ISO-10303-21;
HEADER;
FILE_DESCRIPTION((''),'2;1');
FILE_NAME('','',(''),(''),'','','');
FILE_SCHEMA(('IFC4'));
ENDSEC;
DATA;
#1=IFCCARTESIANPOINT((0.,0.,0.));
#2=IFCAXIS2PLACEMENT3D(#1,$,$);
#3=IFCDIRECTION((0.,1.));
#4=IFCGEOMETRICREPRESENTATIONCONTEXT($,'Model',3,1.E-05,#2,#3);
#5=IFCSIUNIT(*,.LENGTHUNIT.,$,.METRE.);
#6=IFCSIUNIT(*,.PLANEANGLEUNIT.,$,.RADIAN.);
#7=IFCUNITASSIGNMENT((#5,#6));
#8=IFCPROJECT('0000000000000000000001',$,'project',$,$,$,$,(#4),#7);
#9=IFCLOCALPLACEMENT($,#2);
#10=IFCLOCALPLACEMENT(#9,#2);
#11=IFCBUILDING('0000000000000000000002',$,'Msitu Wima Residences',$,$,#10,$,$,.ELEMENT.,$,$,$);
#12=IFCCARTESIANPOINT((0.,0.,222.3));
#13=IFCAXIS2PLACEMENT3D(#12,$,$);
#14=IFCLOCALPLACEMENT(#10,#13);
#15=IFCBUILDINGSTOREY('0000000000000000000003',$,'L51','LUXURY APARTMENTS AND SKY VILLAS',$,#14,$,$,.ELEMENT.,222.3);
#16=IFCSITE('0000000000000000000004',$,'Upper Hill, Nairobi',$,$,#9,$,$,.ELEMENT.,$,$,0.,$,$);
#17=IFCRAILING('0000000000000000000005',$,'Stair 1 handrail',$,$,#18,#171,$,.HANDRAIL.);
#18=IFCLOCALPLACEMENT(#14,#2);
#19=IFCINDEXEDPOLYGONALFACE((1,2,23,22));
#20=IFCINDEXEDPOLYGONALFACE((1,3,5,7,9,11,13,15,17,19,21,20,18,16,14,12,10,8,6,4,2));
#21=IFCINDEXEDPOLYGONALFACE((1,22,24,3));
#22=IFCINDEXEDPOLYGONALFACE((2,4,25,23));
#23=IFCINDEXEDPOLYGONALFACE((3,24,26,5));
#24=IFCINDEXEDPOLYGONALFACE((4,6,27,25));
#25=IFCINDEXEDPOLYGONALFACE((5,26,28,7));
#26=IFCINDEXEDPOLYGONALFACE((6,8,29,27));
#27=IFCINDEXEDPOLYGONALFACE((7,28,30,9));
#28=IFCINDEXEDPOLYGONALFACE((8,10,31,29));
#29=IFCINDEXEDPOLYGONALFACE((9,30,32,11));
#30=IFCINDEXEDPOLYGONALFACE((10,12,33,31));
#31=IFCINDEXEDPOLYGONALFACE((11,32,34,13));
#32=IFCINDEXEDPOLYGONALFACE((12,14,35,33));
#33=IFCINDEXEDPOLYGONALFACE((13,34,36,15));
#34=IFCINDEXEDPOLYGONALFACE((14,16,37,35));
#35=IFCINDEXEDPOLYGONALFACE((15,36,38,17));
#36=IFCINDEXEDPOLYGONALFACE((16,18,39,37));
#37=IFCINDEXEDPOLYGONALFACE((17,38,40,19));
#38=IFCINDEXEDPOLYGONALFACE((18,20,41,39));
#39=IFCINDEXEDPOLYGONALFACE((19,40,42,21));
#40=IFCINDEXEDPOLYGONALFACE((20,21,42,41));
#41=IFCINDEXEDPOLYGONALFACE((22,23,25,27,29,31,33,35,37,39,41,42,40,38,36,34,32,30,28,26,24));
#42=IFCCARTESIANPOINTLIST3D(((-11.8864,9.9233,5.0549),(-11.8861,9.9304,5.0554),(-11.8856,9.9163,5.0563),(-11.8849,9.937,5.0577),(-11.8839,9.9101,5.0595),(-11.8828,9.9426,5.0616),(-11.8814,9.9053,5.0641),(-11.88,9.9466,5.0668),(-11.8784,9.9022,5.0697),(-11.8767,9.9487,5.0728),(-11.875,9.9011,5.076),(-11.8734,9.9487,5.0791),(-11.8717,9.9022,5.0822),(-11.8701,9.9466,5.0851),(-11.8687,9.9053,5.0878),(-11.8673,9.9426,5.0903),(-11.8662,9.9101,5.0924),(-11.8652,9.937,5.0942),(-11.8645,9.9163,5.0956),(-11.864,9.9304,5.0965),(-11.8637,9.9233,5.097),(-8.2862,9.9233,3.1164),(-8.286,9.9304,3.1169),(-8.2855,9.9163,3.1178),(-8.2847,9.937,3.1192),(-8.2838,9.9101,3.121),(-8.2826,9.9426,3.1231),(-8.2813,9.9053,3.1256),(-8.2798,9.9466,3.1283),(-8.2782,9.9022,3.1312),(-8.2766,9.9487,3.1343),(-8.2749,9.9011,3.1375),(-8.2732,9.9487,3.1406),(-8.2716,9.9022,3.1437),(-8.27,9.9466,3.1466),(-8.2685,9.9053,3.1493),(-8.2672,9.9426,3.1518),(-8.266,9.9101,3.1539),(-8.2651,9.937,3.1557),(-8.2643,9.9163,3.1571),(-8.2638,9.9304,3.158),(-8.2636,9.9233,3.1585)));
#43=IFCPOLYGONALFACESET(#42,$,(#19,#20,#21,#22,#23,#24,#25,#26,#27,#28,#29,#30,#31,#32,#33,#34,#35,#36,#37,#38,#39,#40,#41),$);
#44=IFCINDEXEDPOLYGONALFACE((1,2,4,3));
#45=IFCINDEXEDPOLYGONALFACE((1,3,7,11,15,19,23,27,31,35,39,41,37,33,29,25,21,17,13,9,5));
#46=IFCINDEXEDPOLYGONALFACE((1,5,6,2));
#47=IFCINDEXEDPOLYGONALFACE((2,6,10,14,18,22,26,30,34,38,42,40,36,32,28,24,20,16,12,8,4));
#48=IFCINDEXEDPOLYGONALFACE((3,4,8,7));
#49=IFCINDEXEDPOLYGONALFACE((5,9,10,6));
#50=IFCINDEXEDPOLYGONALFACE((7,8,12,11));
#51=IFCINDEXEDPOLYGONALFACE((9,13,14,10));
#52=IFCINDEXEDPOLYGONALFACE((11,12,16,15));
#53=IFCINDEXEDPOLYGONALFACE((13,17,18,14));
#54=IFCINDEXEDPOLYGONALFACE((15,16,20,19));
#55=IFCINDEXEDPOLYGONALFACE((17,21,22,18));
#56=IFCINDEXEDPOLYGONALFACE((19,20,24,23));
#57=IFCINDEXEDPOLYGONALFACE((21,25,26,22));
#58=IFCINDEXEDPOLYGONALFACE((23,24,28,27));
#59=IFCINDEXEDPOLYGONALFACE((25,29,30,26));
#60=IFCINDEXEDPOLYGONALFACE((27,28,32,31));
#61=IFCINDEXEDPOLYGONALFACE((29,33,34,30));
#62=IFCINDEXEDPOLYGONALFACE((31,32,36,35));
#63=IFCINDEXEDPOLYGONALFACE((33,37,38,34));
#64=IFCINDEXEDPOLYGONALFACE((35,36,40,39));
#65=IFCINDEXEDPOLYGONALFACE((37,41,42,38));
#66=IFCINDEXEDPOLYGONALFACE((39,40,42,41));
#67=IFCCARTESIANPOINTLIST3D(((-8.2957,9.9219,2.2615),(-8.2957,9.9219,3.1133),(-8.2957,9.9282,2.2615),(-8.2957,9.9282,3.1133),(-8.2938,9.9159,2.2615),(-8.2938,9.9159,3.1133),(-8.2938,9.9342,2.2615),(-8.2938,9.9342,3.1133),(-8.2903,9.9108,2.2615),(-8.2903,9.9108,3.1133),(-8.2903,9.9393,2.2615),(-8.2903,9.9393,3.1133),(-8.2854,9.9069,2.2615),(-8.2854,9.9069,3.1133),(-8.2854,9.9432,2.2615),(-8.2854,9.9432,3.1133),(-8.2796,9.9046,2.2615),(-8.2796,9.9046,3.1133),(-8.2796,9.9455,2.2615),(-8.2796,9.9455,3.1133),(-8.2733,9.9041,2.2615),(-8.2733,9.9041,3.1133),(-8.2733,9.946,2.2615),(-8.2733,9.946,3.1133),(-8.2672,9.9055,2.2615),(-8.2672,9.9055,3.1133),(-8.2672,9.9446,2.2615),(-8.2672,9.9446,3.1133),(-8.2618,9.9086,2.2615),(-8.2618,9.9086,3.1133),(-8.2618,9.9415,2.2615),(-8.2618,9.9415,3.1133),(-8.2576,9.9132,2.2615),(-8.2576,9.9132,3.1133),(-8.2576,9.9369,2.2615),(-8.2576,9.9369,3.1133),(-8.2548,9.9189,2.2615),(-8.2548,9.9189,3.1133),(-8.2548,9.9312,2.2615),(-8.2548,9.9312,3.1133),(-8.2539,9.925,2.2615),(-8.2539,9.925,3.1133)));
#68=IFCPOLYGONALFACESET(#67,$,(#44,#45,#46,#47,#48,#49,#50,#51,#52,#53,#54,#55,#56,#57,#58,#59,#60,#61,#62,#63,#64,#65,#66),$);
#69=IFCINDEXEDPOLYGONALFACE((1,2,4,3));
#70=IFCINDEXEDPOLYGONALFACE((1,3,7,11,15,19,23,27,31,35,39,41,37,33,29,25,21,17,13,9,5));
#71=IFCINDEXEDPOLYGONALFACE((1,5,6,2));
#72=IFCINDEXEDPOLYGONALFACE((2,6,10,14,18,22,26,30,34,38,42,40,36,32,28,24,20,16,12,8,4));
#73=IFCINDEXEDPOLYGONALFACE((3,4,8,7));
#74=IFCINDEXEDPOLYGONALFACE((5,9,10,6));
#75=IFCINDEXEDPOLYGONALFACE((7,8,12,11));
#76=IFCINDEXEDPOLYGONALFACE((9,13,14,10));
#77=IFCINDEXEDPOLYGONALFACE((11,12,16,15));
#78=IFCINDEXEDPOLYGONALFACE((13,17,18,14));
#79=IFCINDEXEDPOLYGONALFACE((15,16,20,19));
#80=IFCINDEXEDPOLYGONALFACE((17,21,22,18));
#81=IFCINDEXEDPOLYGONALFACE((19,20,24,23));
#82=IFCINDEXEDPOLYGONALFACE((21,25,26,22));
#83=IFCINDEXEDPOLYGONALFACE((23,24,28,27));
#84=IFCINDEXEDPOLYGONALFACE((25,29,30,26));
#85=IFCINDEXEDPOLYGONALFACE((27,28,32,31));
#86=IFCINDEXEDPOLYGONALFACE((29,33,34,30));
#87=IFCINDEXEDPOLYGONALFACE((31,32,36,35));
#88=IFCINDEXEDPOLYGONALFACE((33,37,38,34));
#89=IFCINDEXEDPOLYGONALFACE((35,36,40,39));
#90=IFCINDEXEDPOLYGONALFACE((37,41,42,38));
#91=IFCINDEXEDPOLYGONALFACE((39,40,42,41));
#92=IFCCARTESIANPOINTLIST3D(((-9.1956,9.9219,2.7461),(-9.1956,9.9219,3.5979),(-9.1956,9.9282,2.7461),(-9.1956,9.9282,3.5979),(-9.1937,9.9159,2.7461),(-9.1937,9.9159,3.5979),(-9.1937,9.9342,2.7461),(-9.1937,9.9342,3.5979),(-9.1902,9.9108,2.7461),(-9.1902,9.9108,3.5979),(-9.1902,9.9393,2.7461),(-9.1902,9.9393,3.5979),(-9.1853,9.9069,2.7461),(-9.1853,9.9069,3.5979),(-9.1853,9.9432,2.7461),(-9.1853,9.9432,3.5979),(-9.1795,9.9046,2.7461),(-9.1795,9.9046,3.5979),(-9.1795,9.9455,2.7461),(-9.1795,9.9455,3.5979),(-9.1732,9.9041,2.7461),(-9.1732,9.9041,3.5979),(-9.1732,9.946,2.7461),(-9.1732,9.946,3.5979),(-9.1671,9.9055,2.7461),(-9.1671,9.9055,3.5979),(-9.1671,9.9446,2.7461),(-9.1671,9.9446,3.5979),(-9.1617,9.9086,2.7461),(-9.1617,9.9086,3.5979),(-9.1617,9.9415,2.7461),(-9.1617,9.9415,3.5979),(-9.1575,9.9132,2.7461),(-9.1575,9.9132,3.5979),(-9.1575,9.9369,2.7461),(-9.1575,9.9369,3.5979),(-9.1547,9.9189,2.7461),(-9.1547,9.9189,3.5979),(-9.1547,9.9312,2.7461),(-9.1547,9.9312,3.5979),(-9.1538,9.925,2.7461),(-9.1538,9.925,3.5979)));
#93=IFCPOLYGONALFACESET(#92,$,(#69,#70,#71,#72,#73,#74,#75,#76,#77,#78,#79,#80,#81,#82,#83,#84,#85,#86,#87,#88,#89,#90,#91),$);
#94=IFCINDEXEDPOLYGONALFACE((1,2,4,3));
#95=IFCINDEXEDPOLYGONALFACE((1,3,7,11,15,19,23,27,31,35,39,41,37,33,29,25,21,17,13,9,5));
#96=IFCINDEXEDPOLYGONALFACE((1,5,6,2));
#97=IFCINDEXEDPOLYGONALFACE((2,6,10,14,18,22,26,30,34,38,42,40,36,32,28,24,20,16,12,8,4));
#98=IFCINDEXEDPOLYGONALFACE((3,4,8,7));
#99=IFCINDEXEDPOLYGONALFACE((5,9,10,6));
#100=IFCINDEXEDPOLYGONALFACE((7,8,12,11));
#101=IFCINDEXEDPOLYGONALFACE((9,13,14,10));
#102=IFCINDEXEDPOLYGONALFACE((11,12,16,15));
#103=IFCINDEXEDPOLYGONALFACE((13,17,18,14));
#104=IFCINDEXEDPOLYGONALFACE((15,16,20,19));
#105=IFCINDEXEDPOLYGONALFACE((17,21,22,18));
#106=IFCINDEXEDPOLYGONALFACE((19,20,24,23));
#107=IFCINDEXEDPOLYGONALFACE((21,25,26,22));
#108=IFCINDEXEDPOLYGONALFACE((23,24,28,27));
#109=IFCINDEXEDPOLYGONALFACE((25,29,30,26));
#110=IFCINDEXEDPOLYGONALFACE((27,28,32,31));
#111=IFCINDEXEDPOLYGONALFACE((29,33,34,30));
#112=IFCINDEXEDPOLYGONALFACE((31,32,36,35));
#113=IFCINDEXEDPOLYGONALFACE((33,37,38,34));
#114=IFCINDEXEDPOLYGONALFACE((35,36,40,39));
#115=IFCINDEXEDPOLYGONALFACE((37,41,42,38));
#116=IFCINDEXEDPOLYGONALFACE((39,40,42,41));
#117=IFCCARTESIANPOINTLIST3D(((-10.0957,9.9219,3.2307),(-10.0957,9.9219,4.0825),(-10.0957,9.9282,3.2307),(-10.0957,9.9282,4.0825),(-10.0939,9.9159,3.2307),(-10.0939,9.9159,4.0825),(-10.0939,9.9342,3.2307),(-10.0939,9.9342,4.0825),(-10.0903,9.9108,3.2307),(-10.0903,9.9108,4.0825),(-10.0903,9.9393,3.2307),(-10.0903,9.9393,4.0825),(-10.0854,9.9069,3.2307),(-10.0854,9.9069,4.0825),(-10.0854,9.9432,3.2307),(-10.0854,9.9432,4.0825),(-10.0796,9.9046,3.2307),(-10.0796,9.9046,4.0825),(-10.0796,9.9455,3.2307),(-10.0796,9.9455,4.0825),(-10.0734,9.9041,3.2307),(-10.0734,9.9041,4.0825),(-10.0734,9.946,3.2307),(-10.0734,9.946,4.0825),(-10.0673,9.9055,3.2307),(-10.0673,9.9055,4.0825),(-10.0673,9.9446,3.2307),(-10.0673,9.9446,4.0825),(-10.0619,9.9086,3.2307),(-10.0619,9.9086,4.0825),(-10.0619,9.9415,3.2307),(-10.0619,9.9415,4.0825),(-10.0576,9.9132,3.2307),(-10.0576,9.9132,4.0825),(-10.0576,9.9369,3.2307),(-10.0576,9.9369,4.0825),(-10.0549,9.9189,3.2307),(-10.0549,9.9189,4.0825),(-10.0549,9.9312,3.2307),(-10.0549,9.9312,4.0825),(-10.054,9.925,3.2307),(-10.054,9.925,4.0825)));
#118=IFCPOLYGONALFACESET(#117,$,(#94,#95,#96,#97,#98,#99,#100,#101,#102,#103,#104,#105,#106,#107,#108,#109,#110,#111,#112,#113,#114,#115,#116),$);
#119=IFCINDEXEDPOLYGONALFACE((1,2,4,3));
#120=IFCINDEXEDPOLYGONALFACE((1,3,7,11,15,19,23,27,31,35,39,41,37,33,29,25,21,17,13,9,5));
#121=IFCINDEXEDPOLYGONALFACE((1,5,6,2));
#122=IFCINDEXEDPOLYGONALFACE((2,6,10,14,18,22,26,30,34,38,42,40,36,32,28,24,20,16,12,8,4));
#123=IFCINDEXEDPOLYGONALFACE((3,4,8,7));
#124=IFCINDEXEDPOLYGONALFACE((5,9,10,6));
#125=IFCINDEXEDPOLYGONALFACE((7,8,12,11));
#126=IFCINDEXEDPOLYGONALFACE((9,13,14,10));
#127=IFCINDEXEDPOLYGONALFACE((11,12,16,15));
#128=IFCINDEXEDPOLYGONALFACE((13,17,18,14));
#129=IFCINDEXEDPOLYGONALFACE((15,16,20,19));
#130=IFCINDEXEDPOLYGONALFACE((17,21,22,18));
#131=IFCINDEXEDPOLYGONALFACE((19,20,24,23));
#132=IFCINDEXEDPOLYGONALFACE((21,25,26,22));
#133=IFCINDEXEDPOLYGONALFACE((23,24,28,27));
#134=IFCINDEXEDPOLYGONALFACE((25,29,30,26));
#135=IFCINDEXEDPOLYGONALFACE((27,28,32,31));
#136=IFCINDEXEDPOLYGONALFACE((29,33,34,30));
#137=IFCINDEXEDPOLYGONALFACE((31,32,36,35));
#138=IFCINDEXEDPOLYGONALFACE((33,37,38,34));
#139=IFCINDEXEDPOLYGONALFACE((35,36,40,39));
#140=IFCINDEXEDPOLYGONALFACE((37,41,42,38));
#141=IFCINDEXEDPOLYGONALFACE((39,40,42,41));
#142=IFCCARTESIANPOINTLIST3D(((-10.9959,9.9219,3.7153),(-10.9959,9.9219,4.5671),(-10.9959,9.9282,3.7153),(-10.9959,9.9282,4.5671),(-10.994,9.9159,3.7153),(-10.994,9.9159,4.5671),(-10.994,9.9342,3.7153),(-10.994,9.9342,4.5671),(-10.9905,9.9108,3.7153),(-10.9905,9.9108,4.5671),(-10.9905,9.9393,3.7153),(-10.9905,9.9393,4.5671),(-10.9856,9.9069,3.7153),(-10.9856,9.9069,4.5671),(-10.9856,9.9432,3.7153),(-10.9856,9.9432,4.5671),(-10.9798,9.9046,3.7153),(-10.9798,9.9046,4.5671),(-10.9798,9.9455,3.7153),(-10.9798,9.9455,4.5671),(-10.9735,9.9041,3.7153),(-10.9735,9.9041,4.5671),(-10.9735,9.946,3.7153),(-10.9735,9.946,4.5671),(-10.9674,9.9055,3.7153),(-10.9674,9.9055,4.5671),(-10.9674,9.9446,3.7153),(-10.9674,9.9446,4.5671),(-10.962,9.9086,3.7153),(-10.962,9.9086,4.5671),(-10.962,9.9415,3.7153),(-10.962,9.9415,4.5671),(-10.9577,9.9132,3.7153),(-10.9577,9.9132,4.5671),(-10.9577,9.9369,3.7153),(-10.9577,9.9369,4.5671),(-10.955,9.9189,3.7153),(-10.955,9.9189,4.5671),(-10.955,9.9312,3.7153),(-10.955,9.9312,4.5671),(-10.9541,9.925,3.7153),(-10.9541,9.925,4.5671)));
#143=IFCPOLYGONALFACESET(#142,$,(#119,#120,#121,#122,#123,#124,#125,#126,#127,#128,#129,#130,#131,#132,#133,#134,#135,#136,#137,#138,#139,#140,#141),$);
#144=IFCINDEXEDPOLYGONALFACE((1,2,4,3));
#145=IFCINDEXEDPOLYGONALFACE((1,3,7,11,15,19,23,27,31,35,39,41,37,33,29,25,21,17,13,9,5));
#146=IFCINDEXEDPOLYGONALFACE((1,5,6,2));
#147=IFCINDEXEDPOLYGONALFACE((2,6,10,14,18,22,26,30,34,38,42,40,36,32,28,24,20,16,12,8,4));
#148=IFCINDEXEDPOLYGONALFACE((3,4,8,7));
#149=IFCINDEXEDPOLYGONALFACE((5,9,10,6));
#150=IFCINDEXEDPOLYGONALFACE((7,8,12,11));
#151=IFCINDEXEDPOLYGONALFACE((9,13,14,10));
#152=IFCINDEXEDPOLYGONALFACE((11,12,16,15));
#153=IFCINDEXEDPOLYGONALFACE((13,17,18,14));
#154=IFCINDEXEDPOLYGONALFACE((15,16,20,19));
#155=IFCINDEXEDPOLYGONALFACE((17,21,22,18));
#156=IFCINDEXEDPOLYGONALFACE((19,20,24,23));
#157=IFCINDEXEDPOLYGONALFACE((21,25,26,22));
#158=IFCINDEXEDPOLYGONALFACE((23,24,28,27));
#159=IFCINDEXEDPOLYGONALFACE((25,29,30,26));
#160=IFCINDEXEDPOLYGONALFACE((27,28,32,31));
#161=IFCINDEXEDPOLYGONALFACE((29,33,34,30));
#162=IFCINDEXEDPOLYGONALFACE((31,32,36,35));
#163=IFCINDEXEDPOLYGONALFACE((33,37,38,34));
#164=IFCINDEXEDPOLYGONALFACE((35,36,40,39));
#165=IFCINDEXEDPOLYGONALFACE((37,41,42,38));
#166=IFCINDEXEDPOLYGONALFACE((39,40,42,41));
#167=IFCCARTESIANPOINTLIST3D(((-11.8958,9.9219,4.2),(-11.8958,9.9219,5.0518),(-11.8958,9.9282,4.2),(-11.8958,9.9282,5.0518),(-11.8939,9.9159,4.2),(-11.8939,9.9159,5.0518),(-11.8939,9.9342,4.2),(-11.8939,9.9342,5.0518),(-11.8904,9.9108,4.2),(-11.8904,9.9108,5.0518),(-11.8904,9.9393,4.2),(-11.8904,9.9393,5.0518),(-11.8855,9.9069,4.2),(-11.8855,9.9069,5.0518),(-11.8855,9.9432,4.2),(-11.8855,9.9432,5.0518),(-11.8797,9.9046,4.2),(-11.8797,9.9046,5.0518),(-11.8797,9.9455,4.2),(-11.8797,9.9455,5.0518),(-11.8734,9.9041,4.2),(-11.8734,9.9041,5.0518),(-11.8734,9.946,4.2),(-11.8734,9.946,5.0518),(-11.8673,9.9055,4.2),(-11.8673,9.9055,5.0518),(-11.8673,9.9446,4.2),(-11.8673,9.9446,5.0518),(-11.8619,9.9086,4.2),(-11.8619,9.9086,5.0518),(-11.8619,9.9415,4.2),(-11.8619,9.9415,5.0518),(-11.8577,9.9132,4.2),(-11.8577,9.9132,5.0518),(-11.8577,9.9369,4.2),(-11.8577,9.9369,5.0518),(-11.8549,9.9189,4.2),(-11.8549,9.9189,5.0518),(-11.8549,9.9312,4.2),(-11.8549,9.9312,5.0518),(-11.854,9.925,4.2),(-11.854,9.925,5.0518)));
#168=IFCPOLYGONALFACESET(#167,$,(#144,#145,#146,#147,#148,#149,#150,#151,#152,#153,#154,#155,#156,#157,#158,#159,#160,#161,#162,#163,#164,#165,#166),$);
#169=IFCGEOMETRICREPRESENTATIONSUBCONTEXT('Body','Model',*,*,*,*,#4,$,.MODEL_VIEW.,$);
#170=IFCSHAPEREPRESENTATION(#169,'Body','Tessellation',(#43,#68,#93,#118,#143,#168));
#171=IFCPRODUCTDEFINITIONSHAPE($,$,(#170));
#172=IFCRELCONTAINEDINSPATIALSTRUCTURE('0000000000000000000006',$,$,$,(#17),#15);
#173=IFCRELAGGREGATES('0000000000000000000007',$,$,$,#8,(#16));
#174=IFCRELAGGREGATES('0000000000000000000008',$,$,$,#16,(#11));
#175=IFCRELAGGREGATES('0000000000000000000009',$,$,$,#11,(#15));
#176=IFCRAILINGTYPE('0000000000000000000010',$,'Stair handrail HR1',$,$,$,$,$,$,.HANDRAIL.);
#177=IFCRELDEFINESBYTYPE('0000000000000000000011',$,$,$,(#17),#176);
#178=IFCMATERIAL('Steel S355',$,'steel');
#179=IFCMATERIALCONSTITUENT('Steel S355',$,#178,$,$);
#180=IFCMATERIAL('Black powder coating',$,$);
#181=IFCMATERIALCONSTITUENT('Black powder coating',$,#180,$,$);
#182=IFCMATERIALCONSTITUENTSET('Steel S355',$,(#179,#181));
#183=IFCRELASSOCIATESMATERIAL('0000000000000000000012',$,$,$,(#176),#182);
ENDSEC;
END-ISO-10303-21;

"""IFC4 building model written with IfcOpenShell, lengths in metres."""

from ifc_helpers import new_model, si_unit, direction, frame, origin, origin_2d, place, context, subcontext, project, spatial, circle, extrude, material, constituent, constituent_set, type_object, element, save


model = new_model("IFC4")

# Units and contexts
model_context = context("Model", 3, precision=1e-05, world=origin(), true_north=direction((0.0, 1.0)))
body_context = subcontext(model_context, "Body", "Model", "MODEL_VIEW")
ifc_project = project(units=[si_unit("LENGTHUNIT", "METRE"), si_unit("PLANEANGLEUNIT", "RADIAN")], contexts=[model_context])

# Site, building, storey
site_placement = place(None, origin())
site = spatial("IfcSite", under=ifc_project, at=site_placement, Name="Upper Hill, Nairobi", CompositionType="ELEMENT", RefElevation=0.0)
building_placement = place(site_placement, origin())
building = spatial("IfcBuilding", under=site, at=building_placement, Name="Msitu Wima Residences", CompositionType="ELEMENT")
storey_placement = place(building_placement, frame((0.0, 0.0, 222.3)))
storey = spatial("IfcBuildingStorey", under=building, at=storey_placement, Name="L51", Description="LUXURY APARTMENTS AND SKY VILLAS", CompositionType="ELEMENT", Elevation=222.3)

# Railing
ifc_material_1 = material(Name="Steel S355", Category="steel")
ifc_constituent_1 = constituent(ifc_material_1, Name="Steel S355")
ifc_material_2 = material(Name="Black powder coating")
ifc_constituent_2 = constituent(ifc_material_2, Name="Black powder coating")
ifc_constituent_set = constituent_set(constituents=[ifc_constituent_1, ifc_constituent_2], Name="Steel S355")
railing_type = type_object("IfcRailingType", Name="Stair handrail HR1", PredefinedType="HANDRAIL", material=ifc_constituent_set)
for number, where, name in (
    (1, (-8.2749, 9.925, 2.2615), "Stair 1 handrail"),
):
    element("IfcRailing", number, at=place(storey_placement, frame(where)), inside=storey, type_object=railing_type, Name=name, PredefinedType="HANDRAIL", context=body_context, shape_type="SweptSolid", body=[
        extrude(circle(Radius=0.0239, at=origin_2d()), frame((0.0, 0.0, 0.876), z_axis=(-0.880475, 0.0, 0.474093), x_axis=(0.0, -1.0, 0.0)), (0.0, 0.0, 1.0), 4.0889),
        extrude(circle(Radius=0.021, at=origin_2d()), origin(), (0.0, 0.0, 1.0), 0.8518),
        extrude(circle(Radius=0.021, at=origin_2d()), frame((-0.8999, 0.0, 0.4846)), (0.0, 0.0, 1.0), 0.8518),
        extrude(circle(Radius=0.021, at=origin_2d()), frame((-1.8, 0.0, 0.9692)), (0.0, 0.0, 1.0), 0.8518),
        extrude(circle(Radius=0.021, at=origin_2d()), frame((-2.7002, 0.0, 1.4539)), (0.0, 0.0, 1.0), 0.8518),
        extrude(circle(Radius=0.021, at=origin_2d()), frame((-3.6001, 0.0, 1.9385)), (0.0, 0.0, 1.0), 0.8518),
    ])

save(model, "model.ifc")
